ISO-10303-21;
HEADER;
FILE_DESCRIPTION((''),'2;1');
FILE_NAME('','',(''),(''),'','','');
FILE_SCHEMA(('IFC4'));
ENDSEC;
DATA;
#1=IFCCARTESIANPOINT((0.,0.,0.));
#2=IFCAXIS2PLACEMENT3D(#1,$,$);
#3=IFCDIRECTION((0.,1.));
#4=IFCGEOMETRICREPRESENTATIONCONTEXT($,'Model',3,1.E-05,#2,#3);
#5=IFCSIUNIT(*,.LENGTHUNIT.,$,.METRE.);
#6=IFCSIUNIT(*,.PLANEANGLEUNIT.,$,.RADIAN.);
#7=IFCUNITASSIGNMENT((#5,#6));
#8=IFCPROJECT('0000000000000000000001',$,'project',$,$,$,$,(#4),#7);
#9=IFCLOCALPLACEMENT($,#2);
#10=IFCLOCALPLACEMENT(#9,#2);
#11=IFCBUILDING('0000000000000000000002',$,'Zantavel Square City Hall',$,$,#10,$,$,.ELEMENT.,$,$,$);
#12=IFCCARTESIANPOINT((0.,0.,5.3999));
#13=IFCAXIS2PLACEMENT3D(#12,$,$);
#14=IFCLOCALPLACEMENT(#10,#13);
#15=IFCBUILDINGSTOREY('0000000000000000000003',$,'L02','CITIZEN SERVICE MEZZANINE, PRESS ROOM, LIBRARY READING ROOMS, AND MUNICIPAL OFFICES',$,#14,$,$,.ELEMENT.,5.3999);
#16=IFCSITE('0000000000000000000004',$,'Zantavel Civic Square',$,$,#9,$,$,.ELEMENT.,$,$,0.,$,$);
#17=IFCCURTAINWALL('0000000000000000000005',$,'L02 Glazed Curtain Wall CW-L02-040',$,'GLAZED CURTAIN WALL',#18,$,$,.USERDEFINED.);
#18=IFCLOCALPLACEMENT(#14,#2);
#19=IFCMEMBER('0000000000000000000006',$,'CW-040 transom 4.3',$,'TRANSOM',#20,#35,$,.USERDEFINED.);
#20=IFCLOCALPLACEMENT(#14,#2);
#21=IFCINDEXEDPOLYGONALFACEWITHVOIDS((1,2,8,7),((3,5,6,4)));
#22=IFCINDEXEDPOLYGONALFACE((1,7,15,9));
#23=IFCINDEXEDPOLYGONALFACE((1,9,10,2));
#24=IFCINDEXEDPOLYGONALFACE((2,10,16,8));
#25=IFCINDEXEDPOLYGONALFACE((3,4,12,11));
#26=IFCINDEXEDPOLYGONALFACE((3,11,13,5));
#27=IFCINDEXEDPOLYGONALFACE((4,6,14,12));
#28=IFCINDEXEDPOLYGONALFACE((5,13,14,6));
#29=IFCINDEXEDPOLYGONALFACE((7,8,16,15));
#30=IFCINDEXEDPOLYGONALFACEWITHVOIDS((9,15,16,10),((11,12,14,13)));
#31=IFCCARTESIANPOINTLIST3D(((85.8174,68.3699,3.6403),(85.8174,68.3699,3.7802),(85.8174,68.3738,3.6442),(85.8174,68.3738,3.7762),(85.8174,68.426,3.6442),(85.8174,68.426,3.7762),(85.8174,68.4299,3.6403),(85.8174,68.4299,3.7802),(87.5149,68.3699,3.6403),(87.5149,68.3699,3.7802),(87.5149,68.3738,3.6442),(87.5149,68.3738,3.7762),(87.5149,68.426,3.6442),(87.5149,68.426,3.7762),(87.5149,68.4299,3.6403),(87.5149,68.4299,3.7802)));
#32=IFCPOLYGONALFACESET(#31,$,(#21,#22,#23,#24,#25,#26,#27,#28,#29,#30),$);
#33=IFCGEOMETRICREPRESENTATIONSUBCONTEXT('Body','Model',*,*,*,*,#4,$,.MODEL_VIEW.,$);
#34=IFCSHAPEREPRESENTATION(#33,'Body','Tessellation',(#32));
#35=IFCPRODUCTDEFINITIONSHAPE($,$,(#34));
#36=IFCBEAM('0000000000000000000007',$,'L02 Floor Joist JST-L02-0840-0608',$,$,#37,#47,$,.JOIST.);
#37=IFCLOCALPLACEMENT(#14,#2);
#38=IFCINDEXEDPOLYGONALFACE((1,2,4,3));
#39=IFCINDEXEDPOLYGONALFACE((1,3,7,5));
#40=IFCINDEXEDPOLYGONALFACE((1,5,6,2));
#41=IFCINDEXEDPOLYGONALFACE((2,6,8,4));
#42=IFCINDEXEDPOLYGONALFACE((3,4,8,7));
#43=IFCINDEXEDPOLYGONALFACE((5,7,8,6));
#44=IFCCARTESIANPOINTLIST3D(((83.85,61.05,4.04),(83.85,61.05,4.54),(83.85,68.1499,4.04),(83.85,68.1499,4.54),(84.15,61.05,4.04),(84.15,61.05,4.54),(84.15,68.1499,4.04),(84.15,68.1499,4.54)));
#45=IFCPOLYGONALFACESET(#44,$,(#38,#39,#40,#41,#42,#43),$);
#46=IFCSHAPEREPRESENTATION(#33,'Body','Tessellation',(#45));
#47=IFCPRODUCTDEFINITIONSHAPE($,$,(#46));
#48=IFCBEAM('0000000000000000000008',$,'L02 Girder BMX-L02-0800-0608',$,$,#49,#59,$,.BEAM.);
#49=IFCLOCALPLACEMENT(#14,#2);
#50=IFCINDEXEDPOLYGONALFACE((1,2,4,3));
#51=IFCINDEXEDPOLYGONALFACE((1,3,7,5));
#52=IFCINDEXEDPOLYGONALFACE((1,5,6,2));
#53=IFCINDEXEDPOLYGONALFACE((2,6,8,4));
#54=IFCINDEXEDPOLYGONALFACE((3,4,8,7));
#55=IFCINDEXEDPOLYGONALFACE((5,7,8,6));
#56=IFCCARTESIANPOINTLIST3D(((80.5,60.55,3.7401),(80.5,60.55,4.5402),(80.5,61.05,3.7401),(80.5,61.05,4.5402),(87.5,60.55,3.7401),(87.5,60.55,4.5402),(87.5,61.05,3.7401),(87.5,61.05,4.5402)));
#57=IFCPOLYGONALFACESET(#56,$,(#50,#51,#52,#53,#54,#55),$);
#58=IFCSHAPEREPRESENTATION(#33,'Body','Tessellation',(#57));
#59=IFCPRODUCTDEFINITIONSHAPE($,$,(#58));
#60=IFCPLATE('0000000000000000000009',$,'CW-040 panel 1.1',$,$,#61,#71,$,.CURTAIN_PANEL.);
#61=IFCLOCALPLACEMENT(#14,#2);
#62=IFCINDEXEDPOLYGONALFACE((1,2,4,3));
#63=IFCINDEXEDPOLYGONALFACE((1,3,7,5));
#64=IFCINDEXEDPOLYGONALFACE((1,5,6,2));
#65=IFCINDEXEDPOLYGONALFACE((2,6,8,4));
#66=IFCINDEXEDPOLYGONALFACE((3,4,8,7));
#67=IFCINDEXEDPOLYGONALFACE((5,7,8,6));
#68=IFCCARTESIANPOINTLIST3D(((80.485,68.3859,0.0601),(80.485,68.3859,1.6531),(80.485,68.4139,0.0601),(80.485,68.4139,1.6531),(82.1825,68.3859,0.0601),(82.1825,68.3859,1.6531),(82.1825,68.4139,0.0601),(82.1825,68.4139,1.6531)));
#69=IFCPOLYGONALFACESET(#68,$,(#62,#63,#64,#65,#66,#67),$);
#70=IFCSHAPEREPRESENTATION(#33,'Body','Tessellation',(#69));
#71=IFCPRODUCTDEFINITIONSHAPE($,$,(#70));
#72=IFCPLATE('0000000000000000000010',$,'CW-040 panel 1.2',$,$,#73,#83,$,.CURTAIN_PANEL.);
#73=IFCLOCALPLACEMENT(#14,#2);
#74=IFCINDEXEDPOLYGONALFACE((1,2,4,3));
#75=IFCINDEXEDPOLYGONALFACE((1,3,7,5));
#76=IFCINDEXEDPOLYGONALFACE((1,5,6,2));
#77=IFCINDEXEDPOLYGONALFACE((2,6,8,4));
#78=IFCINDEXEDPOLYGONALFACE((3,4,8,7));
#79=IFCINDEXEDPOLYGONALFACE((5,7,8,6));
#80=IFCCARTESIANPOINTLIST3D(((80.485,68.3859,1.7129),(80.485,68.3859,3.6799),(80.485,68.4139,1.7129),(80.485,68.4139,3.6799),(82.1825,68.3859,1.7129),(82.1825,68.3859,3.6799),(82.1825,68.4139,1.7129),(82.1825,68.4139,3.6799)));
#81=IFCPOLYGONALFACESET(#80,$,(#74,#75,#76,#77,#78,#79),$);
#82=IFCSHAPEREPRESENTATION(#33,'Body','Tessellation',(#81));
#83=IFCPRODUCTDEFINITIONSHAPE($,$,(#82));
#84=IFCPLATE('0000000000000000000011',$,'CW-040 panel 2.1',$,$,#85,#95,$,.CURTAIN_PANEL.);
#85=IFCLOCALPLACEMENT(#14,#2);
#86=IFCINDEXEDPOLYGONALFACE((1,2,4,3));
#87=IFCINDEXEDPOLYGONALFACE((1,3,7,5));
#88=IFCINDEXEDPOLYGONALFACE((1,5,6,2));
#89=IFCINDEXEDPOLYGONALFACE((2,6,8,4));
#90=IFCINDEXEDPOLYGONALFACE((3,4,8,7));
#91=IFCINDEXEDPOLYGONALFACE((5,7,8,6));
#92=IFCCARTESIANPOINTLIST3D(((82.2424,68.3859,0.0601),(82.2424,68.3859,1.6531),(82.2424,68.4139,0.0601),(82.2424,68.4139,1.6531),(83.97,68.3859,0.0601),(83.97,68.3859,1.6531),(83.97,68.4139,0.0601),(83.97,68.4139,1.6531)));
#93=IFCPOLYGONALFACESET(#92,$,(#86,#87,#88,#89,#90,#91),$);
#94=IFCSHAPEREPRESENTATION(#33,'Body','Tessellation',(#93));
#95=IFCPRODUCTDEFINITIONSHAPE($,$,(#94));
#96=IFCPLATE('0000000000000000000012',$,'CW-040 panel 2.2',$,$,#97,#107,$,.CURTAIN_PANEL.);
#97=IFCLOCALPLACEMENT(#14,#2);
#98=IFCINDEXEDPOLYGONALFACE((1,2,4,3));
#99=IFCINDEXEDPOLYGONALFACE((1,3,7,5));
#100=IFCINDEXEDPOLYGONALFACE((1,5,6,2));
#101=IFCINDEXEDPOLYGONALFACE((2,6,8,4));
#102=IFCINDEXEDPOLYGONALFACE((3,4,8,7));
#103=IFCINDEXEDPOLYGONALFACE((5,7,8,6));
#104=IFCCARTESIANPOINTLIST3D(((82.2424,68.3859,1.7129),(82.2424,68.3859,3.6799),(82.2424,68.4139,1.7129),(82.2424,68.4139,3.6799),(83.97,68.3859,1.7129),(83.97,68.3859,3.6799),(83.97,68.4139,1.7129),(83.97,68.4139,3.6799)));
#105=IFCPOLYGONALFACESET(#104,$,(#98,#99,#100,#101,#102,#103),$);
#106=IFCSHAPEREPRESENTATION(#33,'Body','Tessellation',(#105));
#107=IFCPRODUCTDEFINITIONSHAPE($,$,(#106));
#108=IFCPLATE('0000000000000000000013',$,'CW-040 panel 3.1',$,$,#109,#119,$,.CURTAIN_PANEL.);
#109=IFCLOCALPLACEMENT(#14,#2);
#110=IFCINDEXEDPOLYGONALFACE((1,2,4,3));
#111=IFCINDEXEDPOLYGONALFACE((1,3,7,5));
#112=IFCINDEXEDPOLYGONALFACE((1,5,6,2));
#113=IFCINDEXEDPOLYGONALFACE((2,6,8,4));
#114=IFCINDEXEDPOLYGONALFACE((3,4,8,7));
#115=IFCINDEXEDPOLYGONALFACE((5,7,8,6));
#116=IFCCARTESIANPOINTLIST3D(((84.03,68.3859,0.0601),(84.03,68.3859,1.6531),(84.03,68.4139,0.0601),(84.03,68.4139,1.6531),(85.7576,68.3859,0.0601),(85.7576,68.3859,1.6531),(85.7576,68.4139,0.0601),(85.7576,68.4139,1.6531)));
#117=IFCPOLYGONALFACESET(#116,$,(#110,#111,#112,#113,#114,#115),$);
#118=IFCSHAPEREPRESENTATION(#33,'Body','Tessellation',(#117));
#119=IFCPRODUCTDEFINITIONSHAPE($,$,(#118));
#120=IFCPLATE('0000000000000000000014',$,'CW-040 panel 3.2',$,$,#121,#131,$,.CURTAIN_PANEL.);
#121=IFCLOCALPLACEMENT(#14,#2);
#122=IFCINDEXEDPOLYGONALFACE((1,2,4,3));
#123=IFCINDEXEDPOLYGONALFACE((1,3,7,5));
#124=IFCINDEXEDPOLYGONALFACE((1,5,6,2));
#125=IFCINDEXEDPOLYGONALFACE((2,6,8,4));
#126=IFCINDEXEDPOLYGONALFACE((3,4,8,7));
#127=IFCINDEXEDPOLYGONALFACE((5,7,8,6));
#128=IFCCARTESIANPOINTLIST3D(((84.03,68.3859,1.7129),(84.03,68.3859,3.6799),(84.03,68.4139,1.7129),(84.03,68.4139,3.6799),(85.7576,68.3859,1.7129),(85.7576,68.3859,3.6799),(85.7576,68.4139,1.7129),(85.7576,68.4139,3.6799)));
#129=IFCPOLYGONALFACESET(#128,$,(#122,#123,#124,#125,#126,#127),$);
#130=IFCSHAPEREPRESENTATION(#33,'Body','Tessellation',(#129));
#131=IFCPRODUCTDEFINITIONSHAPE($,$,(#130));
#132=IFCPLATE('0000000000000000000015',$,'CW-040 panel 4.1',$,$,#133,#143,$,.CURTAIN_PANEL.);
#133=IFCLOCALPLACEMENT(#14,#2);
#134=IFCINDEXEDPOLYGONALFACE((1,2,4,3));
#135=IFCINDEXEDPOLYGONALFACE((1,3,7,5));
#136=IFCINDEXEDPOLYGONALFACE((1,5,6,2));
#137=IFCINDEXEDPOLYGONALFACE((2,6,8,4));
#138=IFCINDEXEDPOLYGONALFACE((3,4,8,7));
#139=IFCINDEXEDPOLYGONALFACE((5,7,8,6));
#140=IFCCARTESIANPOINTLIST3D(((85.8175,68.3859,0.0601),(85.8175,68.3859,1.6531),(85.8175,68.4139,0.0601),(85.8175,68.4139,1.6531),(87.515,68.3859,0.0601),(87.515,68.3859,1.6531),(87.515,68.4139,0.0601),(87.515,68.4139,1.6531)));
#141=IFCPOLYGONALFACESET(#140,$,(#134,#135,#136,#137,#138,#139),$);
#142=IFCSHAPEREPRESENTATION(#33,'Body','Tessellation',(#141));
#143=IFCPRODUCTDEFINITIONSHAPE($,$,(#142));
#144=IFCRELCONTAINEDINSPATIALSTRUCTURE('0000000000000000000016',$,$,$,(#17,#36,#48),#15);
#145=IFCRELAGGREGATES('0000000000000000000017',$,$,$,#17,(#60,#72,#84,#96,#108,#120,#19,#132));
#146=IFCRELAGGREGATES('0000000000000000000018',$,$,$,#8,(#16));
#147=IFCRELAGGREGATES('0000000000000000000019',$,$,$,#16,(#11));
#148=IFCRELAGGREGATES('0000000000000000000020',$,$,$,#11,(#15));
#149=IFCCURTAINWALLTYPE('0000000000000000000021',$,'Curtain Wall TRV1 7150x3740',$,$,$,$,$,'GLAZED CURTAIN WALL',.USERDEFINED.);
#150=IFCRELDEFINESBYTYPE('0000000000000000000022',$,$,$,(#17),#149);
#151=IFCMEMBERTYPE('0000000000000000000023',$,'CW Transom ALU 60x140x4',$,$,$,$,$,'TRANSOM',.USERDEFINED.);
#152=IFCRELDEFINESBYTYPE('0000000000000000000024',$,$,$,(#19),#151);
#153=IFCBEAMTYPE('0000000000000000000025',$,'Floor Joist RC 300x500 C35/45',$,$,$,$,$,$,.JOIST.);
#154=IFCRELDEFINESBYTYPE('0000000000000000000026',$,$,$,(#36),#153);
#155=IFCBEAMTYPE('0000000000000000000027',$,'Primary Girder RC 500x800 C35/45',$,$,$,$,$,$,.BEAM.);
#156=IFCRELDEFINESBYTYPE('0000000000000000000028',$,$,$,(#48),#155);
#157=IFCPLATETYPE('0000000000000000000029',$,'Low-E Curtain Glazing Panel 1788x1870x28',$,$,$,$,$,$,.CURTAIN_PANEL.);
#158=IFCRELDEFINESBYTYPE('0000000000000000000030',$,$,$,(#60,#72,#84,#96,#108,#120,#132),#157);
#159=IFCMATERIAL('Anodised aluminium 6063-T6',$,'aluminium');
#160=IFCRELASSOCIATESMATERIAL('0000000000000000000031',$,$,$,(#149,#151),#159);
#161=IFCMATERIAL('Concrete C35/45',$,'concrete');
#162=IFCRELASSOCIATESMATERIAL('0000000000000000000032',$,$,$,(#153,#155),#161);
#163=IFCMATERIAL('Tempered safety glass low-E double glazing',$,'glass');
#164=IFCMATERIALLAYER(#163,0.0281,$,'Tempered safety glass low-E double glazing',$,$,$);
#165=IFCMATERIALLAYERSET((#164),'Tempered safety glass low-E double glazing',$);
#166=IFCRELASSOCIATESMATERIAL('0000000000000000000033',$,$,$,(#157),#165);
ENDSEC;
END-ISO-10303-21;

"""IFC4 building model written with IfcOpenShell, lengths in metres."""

from ifc_helpers import new_model, si_unit, direction, frame, origin, origin_2d, place, context, subcontext, project, spatial, rectangle, hollow_rectangle, extrude, material, layer, layer_set, material_profile, profile_set, type_object, element, aggregate, save


model = new_model("IFC4")

# Units and contexts
model_context = context("Model", 3, precision=1e-05, world=origin(), true_north=direction((0.0, 1.0)))
body_context = subcontext(model_context, "Body", "Model", "MODEL_VIEW")
ifc_project = project(units=[si_unit("LENGTHUNIT", "METRE"), si_unit("PLANEANGLEUNIT", "RADIAN")], contexts=[model_context])

# Site, building, storey
site_placement = place(None, origin())
site = spatial("IfcSite", under=ifc_project, at=site_placement, Name="Zantavel Civic Square", CompositionType="ELEMENT", RefElevation=0.0)
building_placement = place(site_placement, origin())
building = spatial("IfcBuilding", under=site, at=building_placement, Name="Zantavel Square City Hall", CompositionType="ELEMENT")
storey_placement = place(building_placement, frame((0.0, 0.0, 5.3999)))
storey = spatial("IfcBuildingStorey", under=building, at=storey_placement, Name="L02", Description="CITIZEN SERVICE MEZZANINE, PRESS ROOM, LIBRARY READING ROOMS, AND MUNICIPAL OFFICES", CompositionType="ELEMENT", Elevation=5.3999)

# Curtain wall, member
ifc_material_1 = material(Name="Anodised aluminium 6063-T6", Category="aluminium")
curtain_wall_type = type_object("IfcCurtainWallType", Name="Curtain Wall TRV1 7150x3740", ElementType="GLAZED CURTAIN WALL", PredefinedType="USERDEFINED", material=ifc_material_1)
curtain_wall_placement = place(storey_placement, origin())
curtain_wall = element("IfcCurtainWall", 1, at=curtain_wall_placement, inside=storey, type_object=curtain_wall_type, Name="L02 Glazed Curtain Wall CW-L02-040", ObjectType="GLAZED CURTAIN WALL", PredefinedType="USERDEFINED")
ifc_material_profile_1 = material_profile(ifc_material_1, hollow_rectangle(XDim=0.0601, YDim=0.1399, WallThickness=0.0039, at=origin_2d()), Name="ALU 60x140x4")
ifc_profile_set_1 = profile_set([ifc_material_profile_1], Name="Anodised aluminium 6063-T6")
member_type_1 = type_object("IfcMemberType", Name="CW Transom ALU 60x140x4", ElementType="TRANSOM", PredefinedType="USERDEFINED", material=ifc_profile_set_1)
member_1_placement = place(storey_placement, frame((85.8174, 68.3999, 3.7102), z_axis=(1.0, 0.0, 0.0), x_axis=(0.0, 1.0, 0.0)))
member_1 = element("IfcMember", 2, at=member_1_placement, type_object=member_type_1, Name="CW-040 transom 4.3", ObjectType="TRANSOM", PredefinedType="USERDEFINED", context=body_context, shape_type="SweptSolid", body=[
    extrude(hollow_rectangle(XDim=0.0601, YDim=0.1399, WallThickness=0.0039, at=origin_2d()), origin(), (0.0, 0.0, 1.0), 1.6975),
])

# Beams
ifc_material_2 = material(Name="Concrete C35/45", Category="concrete")
ifc_material_profile_2 = material_profile(ifc_material_2, rectangle(XDim=0.3, YDim=0.5, at=origin_2d()), Name="RC 300x500")
ifc_profile_set_2 = profile_set([ifc_material_profile_2], Name="Concrete C35/45")
beam_type_1 = type_object("IfcBeamType", Name="Floor Joist RC 300x500 C35/45", PredefinedType="JOIST", material=ifc_profile_set_2)
beam_1_placement = place(storey_placement, frame((84.0, 61.05, 4.29), z_axis=(0.0, 1.0, 0.0), x_axis=(-1.0, 0.0, 0.0)))
element("IfcBeam", 3, at=beam_1_placement, inside=storey, type_object=beam_type_1, Name="L02 Floor Joist JST-L02-0840-0608", PredefinedType="JOIST", context=body_context, shape_type="SweptSolid", body=[
    extrude(rectangle(XDim=0.3, YDim=0.5, at=origin_2d()), origin(), (0.0, 0.0, 1.0), 7.0999),
])
ifc_material_profile_3 = material_profile(ifc_material_2, rectangle(XDim=0.5, YDim=0.8, at=origin_2d()), Name="RC 500x800")
ifc_profile_set_3 = profile_set([ifc_material_profile_3], Name="Concrete C35/45")
beam_type_2 = type_object("IfcBeamType", Name="Primary Girder RC 500x800 C35/45", PredefinedType="BEAM", material=ifc_profile_set_3)
beam_2_placement = place(storey_placement, frame((80.5, 60.8, 4.1401), z_axis=(1.0, 0.0, 0.0), x_axis=(0.0, 1.0, 0.0)))
element("IfcBeam", 4, at=beam_2_placement, inside=storey, type_object=beam_type_2, Name="L02 Girder BMX-L02-0800-0608", PredefinedType="BEAM", context=body_context, shape_type="SweptSolid", body=[
    extrude(rectangle(XDim=0.5, YDim=0.8, at=origin_2d()), origin(), (0.0, 0.0, 1.0), 7.0),
])

# Plates
ifc_material_3 = material(Name="Tempered safety glass low-E double glazing", Category="glass")
ifc_layer = layer(ifc_material_3, 0.0281, Name="Tempered safety glass low-E double glazing")
ifc_layer_set = layer_set([ifc_layer], Name="Tempered safety glass low-E double glazing")
plate_type = type_object("IfcPlateType", Name="Low-E Curtain Glazing Panel 1788x1870x28", PredefinedType="CURTAIN_PANEL", material=ifc_layer_set)
plate_1_placement = place(storey_placement, frame((81.3337, 68.3999, 0.0601), z_axis=(0.0, 0.0, 1.0), x_axis=(1.0, 0.0, 0.0)))
plate_1 = element("IfcPlate", 5, at=plate_1_placement, type_object=plate_type, Name="CW-040 panel 1.1", PredefinedType="CURTAIN_PANEL", context=body_context, shape_type="SweptSolid", body=[
    extrude(rectangle(XDim=1.6975, YDim=0.0281, at=origin_2d()), origin(), (0.0, 0.0, 1.0), 1.593),
])
plate_2_placement = place(storey_placement, frame((81.3337, 68.3999, 1.7129), z_axis=(0.0, 0.0, 1.0), x_axis=(1.0, 0.0, 0.0)))
plate_2 = element("IfcPlate", 6, at=plate_2_placement, type_object=plate_type, Name="CW-040 panel 1.2", PredefinedType="CURTAIN_PANEL", context=body_context, shape_type="SweptSolid", body=[
    extrude(rectangle(XDim=1.6975, YDim=0.0281, at=origin_2d()), origin(), (0.0, 0.0, 1.0), 1.967),
])
plate_3_placement = place(storey_placement, frame((83.1062, 68.3999, 0.0601), z_axis=(0.0, 0.0, 1.0), x_axis=(1.0, 0.0, 0.0)))
plate_3 = element("IfcPlate", 7, at=plate_3_placement, type_object=plate_type, Name="CW-040 panel 2.1", PredefinedType="CURTAIN_PANEL", context=body_context, shape_type="SweptSolid", body=[
    extrude(rectangle(XDim=1.7275, YDim=0.0281, at=origin_2d()), origin(), (0.0, 0.0, 1.0), 1.593),
])
plate_4_placement = place(storey_placement, frame((83.1062, 68.3999, 1.7129), z_axis=(0.0, 0.0, 1.0), x_axis=(1.0, 0.0, 0.0)))
plate_4 = element("IfcPlate", 8, at=plate_4_placement, type_object=plate_type, Name="CW-040 panel 2.2", PredefinedType="CURTAIN_PANEL", context=body_context, shape_type="SweptSolid", body=[
    extrude(rectangle(XDim=1.7275, YDim=0.0281, at=origin_2d()), origin(), (0.0, 0.0, 1.0), 1.967),
])
plate_5_placement = place(storey_placement, frame((84.8938, 68.3999, 0.0601), z_axis=(0.0, 0.0, 1.0), x_axis=(1.0, 0.0, 0.0)))
plate_5 = element("IfcPlate", 9, at=plate_5_placement, type_object=plate_type, Name="CW-040 panel 3.1", PredefinedType="CURTAIN_PANEL", context=body_context, shape_type="SweptSolid", body=[
    extrude(rectangle(XDim=1.7275, YDim=0.0281, at=origin_2d()), origin(), (0.0, 0.0, 1.0), 1.593),
])
plate_6_placement = place(storey_placement, frame((84.8938, 68.3999, 1.7129), z_axis=(0.0, 0.0, 1.0), x_axis=(1.0, 0.0, 0.0)))
plate_6 = element("IfcPlate", 10, at=plate_6_placement, type_object=plate_type, Name="CW-040 panel 3.2", PredefinedType="CURTAIN_PANEL", context=body_context, shape_type="SweptSolid", body=[
    extrude(rectangle(XDim=1.7275, YDim=0.0281, at=origin_2d()), origin(), (0.0, 0.0, 1.0), 1.967),
])
plate_7_placement = place(storey_placement, frame((86.6663, 68.3999, 0.0601), z_axis=(0.0, 0.0, 1.0), x_axis=(1.0, 0.0, 0.0)))
plate_7 = element("IfcPlate", 11, at=plate_7_placement, type_object=plate_type, Name="CW-040 panel 4.1", PredefinedType="CURTAIN_PANEL", context=body_context, shape_type="SweptSolid", body=[
    extrude(rectangle(XDim=1.6975, YDim=0.0281, at=origin_2d()), origin(), (0.0, 0.0, 1.0), 1.593),
])
aggregate(curtain_wall, [plate_1, plate_2, plate_3, plate_4, plate_5, plate_6, member_1, plate_7])

save(model, "model.ifc")
